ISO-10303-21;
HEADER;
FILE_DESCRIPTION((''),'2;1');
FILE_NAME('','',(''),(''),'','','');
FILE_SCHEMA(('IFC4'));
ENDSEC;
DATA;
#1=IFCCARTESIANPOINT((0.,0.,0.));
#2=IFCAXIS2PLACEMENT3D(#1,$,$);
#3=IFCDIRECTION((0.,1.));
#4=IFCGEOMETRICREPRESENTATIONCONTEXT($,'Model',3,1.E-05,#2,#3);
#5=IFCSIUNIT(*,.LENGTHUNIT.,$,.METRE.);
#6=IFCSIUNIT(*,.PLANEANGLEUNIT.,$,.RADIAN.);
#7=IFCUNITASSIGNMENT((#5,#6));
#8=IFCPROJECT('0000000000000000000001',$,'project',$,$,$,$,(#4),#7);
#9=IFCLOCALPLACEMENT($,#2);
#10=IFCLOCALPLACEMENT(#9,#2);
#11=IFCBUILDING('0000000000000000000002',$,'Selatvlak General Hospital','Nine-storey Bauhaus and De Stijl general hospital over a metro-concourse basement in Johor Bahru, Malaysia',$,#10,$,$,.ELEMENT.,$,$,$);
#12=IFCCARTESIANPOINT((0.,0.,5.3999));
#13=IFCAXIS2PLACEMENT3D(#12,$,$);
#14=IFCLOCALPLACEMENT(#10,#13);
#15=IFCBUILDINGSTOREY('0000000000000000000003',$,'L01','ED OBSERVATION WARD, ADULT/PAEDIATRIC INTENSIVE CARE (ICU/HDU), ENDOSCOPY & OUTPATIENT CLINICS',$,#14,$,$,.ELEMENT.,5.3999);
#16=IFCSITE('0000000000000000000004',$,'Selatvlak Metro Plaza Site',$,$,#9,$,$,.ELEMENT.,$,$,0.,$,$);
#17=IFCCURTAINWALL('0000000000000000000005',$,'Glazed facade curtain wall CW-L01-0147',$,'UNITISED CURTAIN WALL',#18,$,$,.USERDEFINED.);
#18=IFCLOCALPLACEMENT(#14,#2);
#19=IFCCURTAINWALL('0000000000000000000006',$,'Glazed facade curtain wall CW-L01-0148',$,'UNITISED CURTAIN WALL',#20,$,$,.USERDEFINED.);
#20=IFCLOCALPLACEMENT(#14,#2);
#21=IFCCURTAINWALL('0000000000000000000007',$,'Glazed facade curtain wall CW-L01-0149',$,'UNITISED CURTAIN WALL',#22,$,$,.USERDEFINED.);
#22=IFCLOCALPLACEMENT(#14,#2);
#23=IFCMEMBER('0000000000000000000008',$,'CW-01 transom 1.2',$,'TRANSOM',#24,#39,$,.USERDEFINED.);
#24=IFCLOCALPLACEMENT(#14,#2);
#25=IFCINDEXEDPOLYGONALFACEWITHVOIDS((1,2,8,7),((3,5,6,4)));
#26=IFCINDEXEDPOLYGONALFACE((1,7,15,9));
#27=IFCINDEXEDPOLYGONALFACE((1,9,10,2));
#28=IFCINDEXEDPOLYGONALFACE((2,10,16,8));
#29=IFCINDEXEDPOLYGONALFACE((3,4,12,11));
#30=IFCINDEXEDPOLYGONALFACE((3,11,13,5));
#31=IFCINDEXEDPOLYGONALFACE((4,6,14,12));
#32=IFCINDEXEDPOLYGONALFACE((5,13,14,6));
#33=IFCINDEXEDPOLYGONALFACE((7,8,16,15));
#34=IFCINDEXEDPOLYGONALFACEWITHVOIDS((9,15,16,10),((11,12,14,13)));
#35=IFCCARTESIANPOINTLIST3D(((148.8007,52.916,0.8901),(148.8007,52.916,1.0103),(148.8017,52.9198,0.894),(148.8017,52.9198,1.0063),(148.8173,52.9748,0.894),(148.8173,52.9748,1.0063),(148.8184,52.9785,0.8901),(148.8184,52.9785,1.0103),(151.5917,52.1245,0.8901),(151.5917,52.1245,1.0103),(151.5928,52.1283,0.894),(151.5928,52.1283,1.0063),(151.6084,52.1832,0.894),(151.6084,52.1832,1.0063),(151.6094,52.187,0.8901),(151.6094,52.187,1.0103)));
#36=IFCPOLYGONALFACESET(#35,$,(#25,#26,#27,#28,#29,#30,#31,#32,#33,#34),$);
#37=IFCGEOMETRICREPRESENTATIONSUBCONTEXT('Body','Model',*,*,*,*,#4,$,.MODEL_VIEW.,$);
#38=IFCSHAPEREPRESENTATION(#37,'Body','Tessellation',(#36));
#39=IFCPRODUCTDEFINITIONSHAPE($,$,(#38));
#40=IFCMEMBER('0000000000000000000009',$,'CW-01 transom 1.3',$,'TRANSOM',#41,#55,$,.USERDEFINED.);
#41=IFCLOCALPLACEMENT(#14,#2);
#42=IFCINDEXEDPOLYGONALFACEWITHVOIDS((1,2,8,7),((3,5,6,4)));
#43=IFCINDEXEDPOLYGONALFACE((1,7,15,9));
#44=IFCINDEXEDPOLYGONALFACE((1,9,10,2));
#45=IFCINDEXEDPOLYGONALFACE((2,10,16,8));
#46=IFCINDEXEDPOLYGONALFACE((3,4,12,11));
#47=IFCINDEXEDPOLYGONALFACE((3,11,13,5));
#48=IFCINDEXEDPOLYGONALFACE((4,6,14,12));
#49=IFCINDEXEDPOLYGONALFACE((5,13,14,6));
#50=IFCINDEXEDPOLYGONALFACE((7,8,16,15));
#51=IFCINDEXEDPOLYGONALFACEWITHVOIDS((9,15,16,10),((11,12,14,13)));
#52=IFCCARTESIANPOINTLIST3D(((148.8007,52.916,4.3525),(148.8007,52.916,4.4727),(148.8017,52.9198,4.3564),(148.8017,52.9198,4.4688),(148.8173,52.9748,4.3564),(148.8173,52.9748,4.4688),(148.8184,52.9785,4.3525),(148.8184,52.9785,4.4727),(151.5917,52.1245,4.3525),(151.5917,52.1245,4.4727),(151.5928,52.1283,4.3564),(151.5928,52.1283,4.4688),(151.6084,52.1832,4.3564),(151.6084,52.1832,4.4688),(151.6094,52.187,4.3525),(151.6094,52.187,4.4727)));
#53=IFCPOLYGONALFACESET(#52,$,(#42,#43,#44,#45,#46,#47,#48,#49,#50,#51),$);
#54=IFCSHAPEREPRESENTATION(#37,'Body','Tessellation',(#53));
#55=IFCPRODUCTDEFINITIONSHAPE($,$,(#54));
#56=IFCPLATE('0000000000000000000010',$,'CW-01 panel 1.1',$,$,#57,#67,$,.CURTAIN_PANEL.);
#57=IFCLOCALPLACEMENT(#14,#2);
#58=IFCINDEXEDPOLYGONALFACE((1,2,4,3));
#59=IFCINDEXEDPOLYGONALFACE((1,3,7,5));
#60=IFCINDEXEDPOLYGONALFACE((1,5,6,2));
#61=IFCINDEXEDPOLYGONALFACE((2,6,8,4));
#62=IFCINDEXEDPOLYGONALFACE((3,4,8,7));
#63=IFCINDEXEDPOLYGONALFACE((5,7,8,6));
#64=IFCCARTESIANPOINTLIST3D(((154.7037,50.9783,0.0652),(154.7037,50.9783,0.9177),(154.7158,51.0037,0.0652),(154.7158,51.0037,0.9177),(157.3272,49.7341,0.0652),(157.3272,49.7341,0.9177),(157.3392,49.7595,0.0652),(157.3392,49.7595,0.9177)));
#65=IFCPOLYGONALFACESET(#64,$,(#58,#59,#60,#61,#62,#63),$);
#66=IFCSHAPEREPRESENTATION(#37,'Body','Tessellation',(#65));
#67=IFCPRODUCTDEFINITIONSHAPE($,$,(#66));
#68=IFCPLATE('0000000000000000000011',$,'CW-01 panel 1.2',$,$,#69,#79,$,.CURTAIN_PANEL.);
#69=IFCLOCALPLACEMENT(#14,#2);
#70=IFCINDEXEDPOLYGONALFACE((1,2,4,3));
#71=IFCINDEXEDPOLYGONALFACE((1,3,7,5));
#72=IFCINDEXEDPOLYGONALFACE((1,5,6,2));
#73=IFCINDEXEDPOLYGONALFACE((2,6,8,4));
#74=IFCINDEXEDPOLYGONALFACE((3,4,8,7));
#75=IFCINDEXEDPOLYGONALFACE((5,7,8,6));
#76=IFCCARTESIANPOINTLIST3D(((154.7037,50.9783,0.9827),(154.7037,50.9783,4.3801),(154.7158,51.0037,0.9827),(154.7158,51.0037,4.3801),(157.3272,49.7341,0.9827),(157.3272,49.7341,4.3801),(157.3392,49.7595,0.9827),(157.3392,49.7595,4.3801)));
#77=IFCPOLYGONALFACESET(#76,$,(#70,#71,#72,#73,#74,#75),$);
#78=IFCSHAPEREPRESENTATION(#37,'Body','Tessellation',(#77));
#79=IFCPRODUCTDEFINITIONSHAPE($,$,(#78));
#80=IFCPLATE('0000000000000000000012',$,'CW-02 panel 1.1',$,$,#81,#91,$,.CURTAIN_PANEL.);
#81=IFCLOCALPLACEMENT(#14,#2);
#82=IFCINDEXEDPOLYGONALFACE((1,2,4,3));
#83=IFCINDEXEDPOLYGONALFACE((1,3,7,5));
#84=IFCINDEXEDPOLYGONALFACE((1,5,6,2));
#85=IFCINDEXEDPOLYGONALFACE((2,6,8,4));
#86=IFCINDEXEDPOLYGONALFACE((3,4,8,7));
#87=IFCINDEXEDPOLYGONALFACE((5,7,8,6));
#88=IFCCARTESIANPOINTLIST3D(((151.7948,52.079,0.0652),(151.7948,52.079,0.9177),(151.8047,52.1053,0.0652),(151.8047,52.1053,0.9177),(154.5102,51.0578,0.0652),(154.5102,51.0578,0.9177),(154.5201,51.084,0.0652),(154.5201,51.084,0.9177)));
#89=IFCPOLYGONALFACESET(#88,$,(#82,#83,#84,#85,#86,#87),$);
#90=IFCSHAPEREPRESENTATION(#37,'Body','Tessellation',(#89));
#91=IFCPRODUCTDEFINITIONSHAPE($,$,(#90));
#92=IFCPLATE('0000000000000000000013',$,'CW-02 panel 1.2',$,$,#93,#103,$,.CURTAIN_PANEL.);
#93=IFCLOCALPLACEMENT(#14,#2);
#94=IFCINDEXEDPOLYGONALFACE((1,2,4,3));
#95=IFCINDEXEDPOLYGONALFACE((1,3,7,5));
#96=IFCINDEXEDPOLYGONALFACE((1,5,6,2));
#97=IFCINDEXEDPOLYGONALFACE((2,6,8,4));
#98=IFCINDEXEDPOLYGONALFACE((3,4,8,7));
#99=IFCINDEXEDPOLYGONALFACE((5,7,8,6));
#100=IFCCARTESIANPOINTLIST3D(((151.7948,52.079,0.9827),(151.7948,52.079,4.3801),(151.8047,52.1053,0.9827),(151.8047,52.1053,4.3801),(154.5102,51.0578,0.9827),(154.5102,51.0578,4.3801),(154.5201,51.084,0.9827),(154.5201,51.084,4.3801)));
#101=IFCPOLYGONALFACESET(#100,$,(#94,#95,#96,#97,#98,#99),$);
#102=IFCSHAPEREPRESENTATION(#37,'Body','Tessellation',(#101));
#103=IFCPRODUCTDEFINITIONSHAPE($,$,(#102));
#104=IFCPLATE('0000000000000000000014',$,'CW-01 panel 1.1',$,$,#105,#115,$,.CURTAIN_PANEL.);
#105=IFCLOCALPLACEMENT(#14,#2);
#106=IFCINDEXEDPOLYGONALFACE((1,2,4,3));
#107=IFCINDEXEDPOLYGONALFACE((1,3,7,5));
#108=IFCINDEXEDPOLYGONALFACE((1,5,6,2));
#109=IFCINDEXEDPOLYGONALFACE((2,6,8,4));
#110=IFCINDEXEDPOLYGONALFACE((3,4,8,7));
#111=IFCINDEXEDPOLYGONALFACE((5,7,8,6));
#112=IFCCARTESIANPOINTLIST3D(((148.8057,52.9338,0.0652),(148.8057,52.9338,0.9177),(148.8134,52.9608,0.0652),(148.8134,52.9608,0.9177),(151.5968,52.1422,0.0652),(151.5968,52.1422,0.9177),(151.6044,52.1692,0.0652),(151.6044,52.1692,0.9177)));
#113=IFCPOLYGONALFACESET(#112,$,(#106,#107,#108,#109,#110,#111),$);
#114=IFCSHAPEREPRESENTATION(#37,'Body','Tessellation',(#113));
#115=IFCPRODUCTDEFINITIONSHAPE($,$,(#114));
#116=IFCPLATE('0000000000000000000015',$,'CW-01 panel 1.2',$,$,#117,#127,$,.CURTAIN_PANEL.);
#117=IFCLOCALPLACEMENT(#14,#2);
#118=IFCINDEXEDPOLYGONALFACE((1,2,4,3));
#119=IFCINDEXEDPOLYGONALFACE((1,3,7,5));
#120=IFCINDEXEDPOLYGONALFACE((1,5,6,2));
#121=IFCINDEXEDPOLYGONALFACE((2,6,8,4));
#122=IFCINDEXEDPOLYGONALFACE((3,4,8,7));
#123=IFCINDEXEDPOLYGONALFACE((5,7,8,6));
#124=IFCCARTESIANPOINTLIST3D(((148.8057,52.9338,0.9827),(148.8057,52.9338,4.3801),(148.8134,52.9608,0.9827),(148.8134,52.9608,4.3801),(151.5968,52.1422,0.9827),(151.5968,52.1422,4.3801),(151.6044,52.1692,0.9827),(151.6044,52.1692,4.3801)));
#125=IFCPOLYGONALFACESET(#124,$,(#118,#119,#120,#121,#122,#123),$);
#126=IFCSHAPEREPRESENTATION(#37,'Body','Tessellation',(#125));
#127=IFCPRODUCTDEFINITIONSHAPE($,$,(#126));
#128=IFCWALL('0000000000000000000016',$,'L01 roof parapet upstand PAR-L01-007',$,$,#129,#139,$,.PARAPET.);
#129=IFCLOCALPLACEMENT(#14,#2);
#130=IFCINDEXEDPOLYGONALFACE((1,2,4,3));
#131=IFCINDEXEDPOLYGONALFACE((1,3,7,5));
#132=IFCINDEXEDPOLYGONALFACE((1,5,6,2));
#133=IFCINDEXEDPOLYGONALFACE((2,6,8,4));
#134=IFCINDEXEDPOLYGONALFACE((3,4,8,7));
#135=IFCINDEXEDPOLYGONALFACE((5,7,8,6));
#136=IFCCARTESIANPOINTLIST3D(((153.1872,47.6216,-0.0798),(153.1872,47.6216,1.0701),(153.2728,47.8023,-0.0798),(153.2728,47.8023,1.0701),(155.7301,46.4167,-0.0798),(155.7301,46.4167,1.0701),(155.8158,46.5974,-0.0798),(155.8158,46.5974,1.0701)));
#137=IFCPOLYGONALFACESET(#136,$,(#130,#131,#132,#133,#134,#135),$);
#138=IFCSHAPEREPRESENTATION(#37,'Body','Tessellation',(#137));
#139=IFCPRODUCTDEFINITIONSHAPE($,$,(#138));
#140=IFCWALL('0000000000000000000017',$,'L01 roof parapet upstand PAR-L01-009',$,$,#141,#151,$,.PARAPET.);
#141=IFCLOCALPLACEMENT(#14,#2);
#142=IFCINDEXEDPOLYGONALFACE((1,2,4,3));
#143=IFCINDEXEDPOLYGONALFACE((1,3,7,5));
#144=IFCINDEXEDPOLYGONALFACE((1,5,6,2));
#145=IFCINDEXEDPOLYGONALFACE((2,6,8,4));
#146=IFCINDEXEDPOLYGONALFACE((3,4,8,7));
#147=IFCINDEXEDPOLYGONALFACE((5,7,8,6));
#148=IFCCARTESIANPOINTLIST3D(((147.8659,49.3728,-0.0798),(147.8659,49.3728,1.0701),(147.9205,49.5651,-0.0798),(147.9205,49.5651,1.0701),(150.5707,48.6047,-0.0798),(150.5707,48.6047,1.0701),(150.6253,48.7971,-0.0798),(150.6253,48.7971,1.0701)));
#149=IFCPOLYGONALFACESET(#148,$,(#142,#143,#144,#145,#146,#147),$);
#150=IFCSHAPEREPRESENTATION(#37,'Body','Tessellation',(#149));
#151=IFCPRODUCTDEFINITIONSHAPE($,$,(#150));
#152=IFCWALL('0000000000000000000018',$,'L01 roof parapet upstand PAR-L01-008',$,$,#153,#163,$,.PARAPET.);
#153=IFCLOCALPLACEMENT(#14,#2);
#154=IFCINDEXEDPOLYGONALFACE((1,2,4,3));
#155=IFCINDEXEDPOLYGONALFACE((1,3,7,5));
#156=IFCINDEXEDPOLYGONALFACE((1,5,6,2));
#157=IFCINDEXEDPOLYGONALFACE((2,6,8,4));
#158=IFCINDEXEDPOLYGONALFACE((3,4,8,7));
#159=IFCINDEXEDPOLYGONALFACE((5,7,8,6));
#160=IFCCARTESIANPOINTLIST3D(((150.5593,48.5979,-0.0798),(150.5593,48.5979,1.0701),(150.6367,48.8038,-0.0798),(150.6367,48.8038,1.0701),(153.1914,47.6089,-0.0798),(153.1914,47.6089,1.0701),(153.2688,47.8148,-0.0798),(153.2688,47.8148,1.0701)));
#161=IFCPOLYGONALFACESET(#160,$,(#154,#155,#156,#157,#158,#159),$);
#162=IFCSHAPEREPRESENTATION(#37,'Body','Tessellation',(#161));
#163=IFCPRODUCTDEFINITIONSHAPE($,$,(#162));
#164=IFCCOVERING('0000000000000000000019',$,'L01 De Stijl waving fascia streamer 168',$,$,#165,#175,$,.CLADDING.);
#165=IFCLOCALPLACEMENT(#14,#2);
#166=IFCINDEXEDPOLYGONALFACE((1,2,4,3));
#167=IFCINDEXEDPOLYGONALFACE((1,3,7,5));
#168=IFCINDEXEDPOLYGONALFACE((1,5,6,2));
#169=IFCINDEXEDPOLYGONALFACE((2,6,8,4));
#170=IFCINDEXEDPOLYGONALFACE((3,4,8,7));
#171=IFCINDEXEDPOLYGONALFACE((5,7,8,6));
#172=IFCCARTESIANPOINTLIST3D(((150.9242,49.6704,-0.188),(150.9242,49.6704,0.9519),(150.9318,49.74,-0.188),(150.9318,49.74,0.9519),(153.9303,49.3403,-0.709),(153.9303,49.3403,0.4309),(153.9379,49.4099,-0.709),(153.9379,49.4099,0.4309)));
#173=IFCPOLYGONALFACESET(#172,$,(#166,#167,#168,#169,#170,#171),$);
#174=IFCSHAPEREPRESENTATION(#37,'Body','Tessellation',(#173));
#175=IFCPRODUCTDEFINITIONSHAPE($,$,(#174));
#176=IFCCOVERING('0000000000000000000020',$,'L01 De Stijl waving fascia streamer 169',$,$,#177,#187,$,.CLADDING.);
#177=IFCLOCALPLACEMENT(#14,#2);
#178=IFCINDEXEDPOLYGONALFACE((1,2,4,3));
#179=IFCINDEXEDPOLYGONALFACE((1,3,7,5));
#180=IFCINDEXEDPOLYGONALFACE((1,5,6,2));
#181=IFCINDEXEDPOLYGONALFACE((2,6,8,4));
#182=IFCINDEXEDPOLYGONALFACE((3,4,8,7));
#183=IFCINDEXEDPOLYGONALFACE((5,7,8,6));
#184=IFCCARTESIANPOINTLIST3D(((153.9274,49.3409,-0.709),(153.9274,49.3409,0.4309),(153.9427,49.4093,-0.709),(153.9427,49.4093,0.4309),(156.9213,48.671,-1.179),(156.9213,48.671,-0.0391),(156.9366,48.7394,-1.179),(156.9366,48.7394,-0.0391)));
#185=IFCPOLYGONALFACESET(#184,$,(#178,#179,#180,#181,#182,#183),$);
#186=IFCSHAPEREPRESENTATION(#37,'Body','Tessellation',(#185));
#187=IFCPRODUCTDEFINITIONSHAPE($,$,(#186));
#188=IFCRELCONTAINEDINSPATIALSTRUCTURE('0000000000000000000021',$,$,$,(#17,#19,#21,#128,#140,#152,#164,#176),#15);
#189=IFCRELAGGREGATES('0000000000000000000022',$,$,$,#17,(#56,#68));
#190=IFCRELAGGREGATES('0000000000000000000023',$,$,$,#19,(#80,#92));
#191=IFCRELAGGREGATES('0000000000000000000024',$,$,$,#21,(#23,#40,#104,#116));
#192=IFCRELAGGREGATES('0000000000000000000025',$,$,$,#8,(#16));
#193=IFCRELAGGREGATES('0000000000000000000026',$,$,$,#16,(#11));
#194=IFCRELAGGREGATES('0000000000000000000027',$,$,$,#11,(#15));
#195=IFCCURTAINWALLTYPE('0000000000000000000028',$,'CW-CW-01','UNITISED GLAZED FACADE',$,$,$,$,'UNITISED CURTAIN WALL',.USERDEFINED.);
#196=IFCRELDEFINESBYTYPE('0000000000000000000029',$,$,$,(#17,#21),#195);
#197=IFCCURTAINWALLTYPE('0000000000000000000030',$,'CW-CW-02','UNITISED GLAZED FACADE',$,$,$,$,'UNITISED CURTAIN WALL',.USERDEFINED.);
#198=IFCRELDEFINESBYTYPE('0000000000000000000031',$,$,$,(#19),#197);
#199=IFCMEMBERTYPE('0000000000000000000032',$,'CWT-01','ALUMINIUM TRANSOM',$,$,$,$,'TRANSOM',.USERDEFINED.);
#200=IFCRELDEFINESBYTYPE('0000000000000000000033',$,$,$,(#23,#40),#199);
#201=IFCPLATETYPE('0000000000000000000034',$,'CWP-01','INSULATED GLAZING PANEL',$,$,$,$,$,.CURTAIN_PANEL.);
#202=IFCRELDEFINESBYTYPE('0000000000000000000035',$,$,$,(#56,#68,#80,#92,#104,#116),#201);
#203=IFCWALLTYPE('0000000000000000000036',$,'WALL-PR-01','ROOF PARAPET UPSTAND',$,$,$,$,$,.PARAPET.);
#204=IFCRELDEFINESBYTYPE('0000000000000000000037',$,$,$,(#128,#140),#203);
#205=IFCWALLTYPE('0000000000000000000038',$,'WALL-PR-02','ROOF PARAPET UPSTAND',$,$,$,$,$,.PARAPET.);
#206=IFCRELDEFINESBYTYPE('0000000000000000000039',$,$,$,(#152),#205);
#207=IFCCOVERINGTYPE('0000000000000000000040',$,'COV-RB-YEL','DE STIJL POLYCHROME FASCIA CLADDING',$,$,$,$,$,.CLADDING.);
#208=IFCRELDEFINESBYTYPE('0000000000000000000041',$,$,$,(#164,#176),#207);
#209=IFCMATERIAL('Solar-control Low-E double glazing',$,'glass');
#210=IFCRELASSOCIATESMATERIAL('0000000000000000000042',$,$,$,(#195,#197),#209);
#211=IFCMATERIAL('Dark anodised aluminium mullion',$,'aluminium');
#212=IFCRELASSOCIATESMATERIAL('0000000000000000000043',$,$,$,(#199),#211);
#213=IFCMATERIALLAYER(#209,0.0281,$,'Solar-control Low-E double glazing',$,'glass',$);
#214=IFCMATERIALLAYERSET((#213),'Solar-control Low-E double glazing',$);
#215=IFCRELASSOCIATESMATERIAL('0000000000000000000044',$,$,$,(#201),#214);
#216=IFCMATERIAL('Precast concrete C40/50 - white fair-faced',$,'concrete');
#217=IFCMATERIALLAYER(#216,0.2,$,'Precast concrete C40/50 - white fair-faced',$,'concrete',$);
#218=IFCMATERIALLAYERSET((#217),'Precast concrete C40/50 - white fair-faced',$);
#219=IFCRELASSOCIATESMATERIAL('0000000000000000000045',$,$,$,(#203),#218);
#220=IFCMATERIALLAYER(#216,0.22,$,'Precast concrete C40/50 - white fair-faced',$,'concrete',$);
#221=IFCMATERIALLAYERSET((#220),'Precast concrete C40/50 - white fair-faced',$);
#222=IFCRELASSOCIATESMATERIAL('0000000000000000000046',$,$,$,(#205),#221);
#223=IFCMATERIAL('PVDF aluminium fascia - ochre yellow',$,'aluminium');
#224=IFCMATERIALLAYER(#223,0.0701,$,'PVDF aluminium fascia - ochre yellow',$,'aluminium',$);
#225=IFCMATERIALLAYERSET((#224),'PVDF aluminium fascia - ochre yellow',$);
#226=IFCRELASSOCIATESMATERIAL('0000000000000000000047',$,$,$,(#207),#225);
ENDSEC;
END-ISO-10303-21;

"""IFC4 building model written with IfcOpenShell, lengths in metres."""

from ifc_helpers import new_model, si_unit, direction, frame, frame_2d, origin, origin_2d, place, context, subcontext, project, spatial, polyline, rectangle, hollow_rectangle, outline, extrude, material, layer, layer_set, material_profile, profile_set, type_object, element, aggregate, save


model = new_model("IFC4")

# Units and contexts
model_context = context("Model", 3, precision=1e-05, world=origin(), true_north=direction((0.0, 1.0)))
body_context = subcontext(model_context, "Body", "Model", "MODEL_VIEW")
ifc_project = project(units=[si_unit("LENGTHUNIT", "METRE"), si_unit("PLANEANGLEUNIT", "RADIAN")], contexts=[model_context])

# Site, building, storey
site_placement = place(None, origin())
site = spatial("IfcSite", under=ifc_project, at=site_placement, Name="Selatvlak Metro Plaza Site", CompositionType="ELEMENT", RefElevation=0.0)
building_placement = place(site_placement, origin())
building = spatial("IfcBuilding", under=site, at=building_placement, Name="Selatvlak General Hospital", Description="Nine-storey Bauhaus and De Stijl general hospital over a metro-concourse basement in Johor Bahru, Malaysia", CompositionType="ELEMENT")
storey_placement = place(building_placement, frame((0.0, 0.0, 5.3999)))
storey = spatial("IfcBuildingStorey", under=building, at=storey_placement, Name="L01", Description="ED OBSERVATION WARD, ADULT/PAEDIATRIC INTENSIVE CARE (ICU/HDU), ENDOSCOPY & OUTPATIENT CLINICS", CompositionType="ELEMENT", Elevation=5.3999)

# Curtain wall
ifc_material_1 = material(Name="Solar-control Low-E double glazing", Category="glass")
curtain_wall_type_1 = type_object("IfcCurtainWallType", Name="CW-CW-01", Description="UNITISED GLAZED FACADE", ElementType="UNITISED CURTAIN WALL", PredefinedType="USERDEFINED", material=ifc_material_1)
curtain_wall_1_placement = place(storey_placement, origin())
curtain_wall_1 = element("IfcCurtainWall", 1, at=curtain_wall_1_placement, inside=storey, type_object=curtain_wall_type_1, Name="Glazed facade curtain wall CW-L01-0147", ObjectType="UNITISED CURTAIN WALL", PredefinedType="USERDEFINED")
ifc_material_2 = material(Name="Dark anodised aluminium mullion", Category="aluminium")

# Curtain wall
curtain_wall_type_2 = type_object("IfcCurtainWallType", Name="CW-CW-02", Description="UNITISED GLAZED FACADE", ElementType="UNITISED CURTAIN WALL", PredefinedType="USERDEFINED", material=ifc_material_1)
curtain_wall_2_placement = place(storey_placement, origin())
curtain_wall_2 = element("IfcCurtainWall", 2, at=curtain_wall_2_placement, inside=storey, type_object=curtain_wall_type_2, Name="Glazed facade curtain wall CW-L01-0148", ObjectType="UNITISED CURTAIN WALL", PredefinedType="USERDEFINED")

# Curtain wall
curtain_wall_3_placement = place(storey_placement, origin())
curtain_wall_3 = element("IfcCurtainWall", 3, at=curtain_wall_3_placement, inside=storey, type_object=curtain_wall_type_1, Name="Glazed facade curtain wall CW-L01-0149", ObjectType="UNITISED CURTAIN WALL", PredefinedType="USERDEFINED")

# Members
ifc_material_profile_1 = material_profile(ifc_material_2, hollow_rectangle(XDim=0.0649, YDim=0.1201, WallThickness=0.0039, at=origin_2d()), Name="AL-TRN 65x120x4")
ifc_profile_set_1 = profile_set([ifc_material_profile_1], Name="Dark anodised aluminium mullion")
member_type_1 = type_object("IfcMemberType", Name="CWT-01", Description="ALUMINIUM TRANSOM", ElementType="TRANSOM", PredefinedType="USERDEFINED", material=ifc_profile_set_1)
member_1_placement = place(storey_placement, frame((151.6006, 52.1558, 0.9502), z_axis=(-0.962062, 0.272831, 0.0), x_axis=(-0.272831, -0.962062, 0.0)))
member_1 = element("IfcMember", 4, at=member_1_placement, type_object=member_type_1, Name="CW-01 transom 1.2", ObjectType="TRANSOM", PredefinedType="USERDEFINED", context=body_context, shape_type="SweptSolid", body=[
    extrude(hollow_rectangle(XDim=0.0649, YDim=0.1201, WallThickness=0.0039, at=origin_2d()), origin(), (0.0, 0.0, 1.0), 2.9011),
])
member_2_placement = place(storey_placement, frame((151.6006, 52.1558, 4.4126), z_axis=(-0.962062, 0.272831, 0.0), x_axis=(-0.272831, -0.962062, 0.0)))
member_2 = element("IfcMember", 5, at=member_2_placement, type_object=member_type_1, Name="CW-01 transom 1.3", ObjectType="TRANSOM", PredefinedType="USERDEFINED", context=body_context, shape_type="SweptSolid", body=[
    extrude(hollow_rectangle(XDim=0.0649, YDim=0.1201, WallThickness=0.0039, at=origin_2d()), origin(), (0.0, 0.0, 1.0), 2.9011),
])

# Plates
ifc_layer_1 = layer(ifc_material_1, 0.0281, Name="Solar-control Low-E double glazing", Category="glass")
ifc_layer_set_1 = layer_set([ifc_layer_1], Name="Solar-control Low-E double glazing")
plate_type = type_object("IfcPlateType", Name="CWP-01", Description="INSULATED GLAZING PANEL", PredefinedType="CURTAIN_PANEL", material=ifc_layer_set_1)
plate_1_placement = place(storey_placement, frame((156.0215, 50.3689, 0.0652), z_axis=(0.0, 0.0, 1.0), x_axis=(-0.90353, 0.428526, 0.0)))
plate_1 = element("IfcPlate", 6, at=plate_1_placement, type_object=plate_type, Name="CW-01 panel 1.1", PredefinedType="CURTAIN_PANEL", context=body_context, shape_type="SweptSolid", body=[
    extrude(rectangle(XDim=2.9036, YDim=0.0281, at=origin_2d()), origin(), (0.0, 0.0, 1.0), 0.8525),
])
plate_2_placement = place(storey_placement, frame((156.0215, 50.3689, 0.9827), z_axis=(0.0, 0.0, 1.0), x_axis=(-0.90353, 0.428526, 0.0)))
plate_2 = element("IfcPlate", 7, at=plate_2_placement, type_object=plate_type, Name="CW-01 panel 1.2", PredefinedType="CURTAIN_PANEL", context=body_context, shape_type="SweptSolid", body=[
    extrude(rectangle(XDim=2.9036, YDim=0.0281, at=origin_2d()), origin(), (0.0, 0.0, 1.0), 3.3975),
])
aggregate(curtain_wall_1, [plate_1, plate_2])
plate_3_placement = place(storey_placement, frame((153.1575, 51.5815, 0.0652), z_axis=(0.0, 0.0, 1.0), x_axis=(-0.93599, 0.352027, 0.0)))
plate_3 = element("IfcPlate", 8, at=plate_3_placement, type_object=plate_type, Name="CW-02 panel 1.1", PredefinedType="CURTAIN_PANEL", context=body_context, shape_type="SweptSolid", body=[
    extrude(rectangle(XDim=2.9011, YDim=0.0281, at=origin_2d()), origin(), (0.0, 0.0, 1.0), 0.8525),
])
plate_4_placement = place(storey_placement, frame((153.1575, 51.5815, 0.9827), z_axis=(0.0, 0.0, 1.0), x_axis=(-0.93599, 0.352027, 0.0)))
plate_4 = element("IfcPlate", 9, at=plate_4_placement, type_object=plate_type, Name="CW-02 panel 1.2", PredefinedType="CURTAIN_PANEL", context=body_context, shape_type="SweptSolid", body=[
    extrude(rectangle(XDim=2.9011, YDim=0.0281, at=origin_2d()), origin(), (0.0, 0.0, 1.0), 3.3975),
])
aggregate(curtain_wall_2, [plate_3, plate_4])
plate_5_placement = place(storey_placement, frame((150.2051, 52.5515, 0.0652), z_axis=(0.0, 0.0, 1.0), x_axis=(-0.962057, 0.272847, 0.0)))
plate_5 = element("IfcPlate", 10, at=plate_5_placement, type_object=plate_type, Name="CW-01 panel 1.1", PredefinedType="CURTAIN_PANEL", context=body_context, shape_type="SweptSolid", body=[
    extrude(rectangle(XDim=2.9011, YDim=0.0281, at=origin_2d()), origin(), (0.0, 0.0, 1.0), 0.8525),
])
plate_6_placement = place(storey_placement, frame((150.2051, 52.5515, 0.9827), z_axis=(0.0, 0.0, 1.0), x_axis=(-0.962057, 0.272847, 0.0)))
plate_6 = element("IfcPlate", 11, at=plate_6_placement, type_object=plate_type, Name="CW-01 panel 1.2", PredefinedType="CURTAIN_PANEL", context=body_context, shape_type="SweptSolid", body=[
    extrude(rectangle(XDim=2.9011, YDim=0.0281, at=origin_2d()), origin(), (0.0, 0.0, 1.0), 3.3975),
])
aggregate(curtain_wall_3, [member_1, member_2, plate_5, plate_6])

# Walls
ifc_material_3 = material(Name="Precast concrete C40/50 - white fair-faced", Category="concrete")
ifc_layer_2 = layer(ifc_material_3, 0.2, Name="Precast concrete C40/50 - white fair-faced", Category="concrete")
ifc_layer_set_2 = layer_set([ifc_layer_2], Name="Precast concrete C40/50 - white fair-faced")
wall_type_1 = type_object("IfcWallType", Name="WALL-PR-01", Description="ROOF PARAPET UPSTAND", PredefinedType="PARAPET", material=ifc_layer_set_2)
wall_1_placement = place(storey_placement, frame((155.7729, 46.5071, -0.0798), z_axis=(0.0, 0.0, 1.0), x_axis=(-0.903701, 0.428165, 0.0)))
element("IfcWall", 12, at=wall_1_placement, inside=storey, type_object=wall_type_1, Name="L01 roof parapet upstand PAR-L01-007", PredefinedType="PARAPET", context=body_context, shape_type="SweptSolid", body=[
    extrude(rectangle(XDim=2.814, YDim=0.2, at=frame_2d((1.407, 0.0))), origin(), (0.0, 0.0, 1.0), 1.1499),
])
wall_2_placement = place(storey_placement, frame((150.5979, 48.7009, -0.0798), z_axis=(0.0, 0.0, 1.0), x_axis=(-0.961968, 0.273161, 0.0)))
element("IfcWall", 13, at=wall_2_placement, inside=storey, type_object=wall_type_1, Name="L01 roof parapet upstand PAR-L01-009", PredefinedType="PARAPET", context=body_context, shape_type="SweptSolid", body=[
    extrude(rectangle(XDim=2.8118, YDim=0.2, at=frame_2d((1.4058, 0.0))), origin(), (0.0, 0.0, 1.0), 1.1499),
])
ifc_layer_3 = layer(ifc_material_3, 0.22, Name="Precast concrete C40/50 - white fair-faced", Category="concrete")
ifc_layer_set_3 = layer_set([ifc_layer_3], Name="Precast concrete C40/50 - white fair-faced")
wall_type_2 = type_object("IfcWallType", Name="WALL-PR-02", Description="ROOF PARAPET UPSTAND", PredefinedType="PARAPET", material=ifc_layer_set_3)
wall_3_placement = place(storey_placement, frame((153.23, 47.7119, -0.0798), z_axis=(0.0, 0.0, 1.0), x_axis=(-0.936097, 0.351742, 0.0)))
element("IfcWall", 14, at=wall_3_placement, inside=storey, type_object=wall_type_2, Name="L01 roof parapet upstand PAR-L01-008", PredefinedType="PARAPET", context=body_context, shape_type="SweptSolid", body=[
    extrude(rectangle(XDim=2.8118, YDim=0.22, at=frame_2d((1.4058, 0.0))), origin(), (0.0, 0.0, 1.0), 1.1499),
])

# Coverings
ifc_material_4 = material(Name="PVDF aluminium fascia - ochre yellow", Category="aluminium")
ifc_layer_4 = layer(ifc_material_4, 0.0701, Name="PVDF aluminium fascia - ochre yellow", Category="aluminium")
ifc_layer_set_4 = layer_set([ifc_layer_4], Name="PVDF aluminium fascia - ochre yellow")
covering_type_1 = type_object("IfcCoveringType", Name="COV-RB-YEL", Description="DE STIJL POLYCHROME FASCIA CLADDING", PredefinedType="CLADDING", material=ifc_layer_set_4)
covering_1_placement = place(storey_placement, frame((150.928, 49.7051, -0.188), z_axis=(0.0, 0.0, 1.0), x_axis=(0.994026, -0.109147, 0.0)))
element("IfcCovering", 15, at=covering_1_placement, inside=storey, type_object=covering_type_1, Name="L01 De Stijl waving fascia streamer 168", PredefinedType="CLADDING", context=body_context, shape_type="SweptSolid", body=[
    extrude(outline(polyline([(0.0, 0.0), (3.0242, -0.521), (3.0242, 0.6189), (0.0, 1.1399), (0.0, 0.0)])), frame((0.0, 0.0352, 0.0), z_axis=(0.0, -1.0, 0.0), x_axis=(1.0, 0.0, 0.0)), (0.0, 0.0, 1.0), 0.0701),
])
covering_2_placement = place(storey_placement, frame((153.9351, 49.375, -0.709), z_axis=(0.0, 0.0, 1.0), x_axis=(0.975868, -0.218363, 0.0)))
element("IfcCovering", 16, at=covering_2_placement, inside=storey, type_object=covering_type_1, Name="L01 De Stijl waving fascia streamer 169", PredefinedType="CLADDING", context=body_context, shape_type="SweptSolid", body=[
    extrude(outline(polyline([(0.0, 0.0), (3.0679, -0.47), (3.0679, 0.6699), (0.0, 1.1399), (0.0, 0.0)])), frame((0.0, 0.0352, 0.0), z_axis=(0.0, -1.0, 0.0), x_axis=(1.0, 0.0, 0.0)), (0.0, 0.0, 1.0), 0.0701),
])

save(model, "model.ifc")
